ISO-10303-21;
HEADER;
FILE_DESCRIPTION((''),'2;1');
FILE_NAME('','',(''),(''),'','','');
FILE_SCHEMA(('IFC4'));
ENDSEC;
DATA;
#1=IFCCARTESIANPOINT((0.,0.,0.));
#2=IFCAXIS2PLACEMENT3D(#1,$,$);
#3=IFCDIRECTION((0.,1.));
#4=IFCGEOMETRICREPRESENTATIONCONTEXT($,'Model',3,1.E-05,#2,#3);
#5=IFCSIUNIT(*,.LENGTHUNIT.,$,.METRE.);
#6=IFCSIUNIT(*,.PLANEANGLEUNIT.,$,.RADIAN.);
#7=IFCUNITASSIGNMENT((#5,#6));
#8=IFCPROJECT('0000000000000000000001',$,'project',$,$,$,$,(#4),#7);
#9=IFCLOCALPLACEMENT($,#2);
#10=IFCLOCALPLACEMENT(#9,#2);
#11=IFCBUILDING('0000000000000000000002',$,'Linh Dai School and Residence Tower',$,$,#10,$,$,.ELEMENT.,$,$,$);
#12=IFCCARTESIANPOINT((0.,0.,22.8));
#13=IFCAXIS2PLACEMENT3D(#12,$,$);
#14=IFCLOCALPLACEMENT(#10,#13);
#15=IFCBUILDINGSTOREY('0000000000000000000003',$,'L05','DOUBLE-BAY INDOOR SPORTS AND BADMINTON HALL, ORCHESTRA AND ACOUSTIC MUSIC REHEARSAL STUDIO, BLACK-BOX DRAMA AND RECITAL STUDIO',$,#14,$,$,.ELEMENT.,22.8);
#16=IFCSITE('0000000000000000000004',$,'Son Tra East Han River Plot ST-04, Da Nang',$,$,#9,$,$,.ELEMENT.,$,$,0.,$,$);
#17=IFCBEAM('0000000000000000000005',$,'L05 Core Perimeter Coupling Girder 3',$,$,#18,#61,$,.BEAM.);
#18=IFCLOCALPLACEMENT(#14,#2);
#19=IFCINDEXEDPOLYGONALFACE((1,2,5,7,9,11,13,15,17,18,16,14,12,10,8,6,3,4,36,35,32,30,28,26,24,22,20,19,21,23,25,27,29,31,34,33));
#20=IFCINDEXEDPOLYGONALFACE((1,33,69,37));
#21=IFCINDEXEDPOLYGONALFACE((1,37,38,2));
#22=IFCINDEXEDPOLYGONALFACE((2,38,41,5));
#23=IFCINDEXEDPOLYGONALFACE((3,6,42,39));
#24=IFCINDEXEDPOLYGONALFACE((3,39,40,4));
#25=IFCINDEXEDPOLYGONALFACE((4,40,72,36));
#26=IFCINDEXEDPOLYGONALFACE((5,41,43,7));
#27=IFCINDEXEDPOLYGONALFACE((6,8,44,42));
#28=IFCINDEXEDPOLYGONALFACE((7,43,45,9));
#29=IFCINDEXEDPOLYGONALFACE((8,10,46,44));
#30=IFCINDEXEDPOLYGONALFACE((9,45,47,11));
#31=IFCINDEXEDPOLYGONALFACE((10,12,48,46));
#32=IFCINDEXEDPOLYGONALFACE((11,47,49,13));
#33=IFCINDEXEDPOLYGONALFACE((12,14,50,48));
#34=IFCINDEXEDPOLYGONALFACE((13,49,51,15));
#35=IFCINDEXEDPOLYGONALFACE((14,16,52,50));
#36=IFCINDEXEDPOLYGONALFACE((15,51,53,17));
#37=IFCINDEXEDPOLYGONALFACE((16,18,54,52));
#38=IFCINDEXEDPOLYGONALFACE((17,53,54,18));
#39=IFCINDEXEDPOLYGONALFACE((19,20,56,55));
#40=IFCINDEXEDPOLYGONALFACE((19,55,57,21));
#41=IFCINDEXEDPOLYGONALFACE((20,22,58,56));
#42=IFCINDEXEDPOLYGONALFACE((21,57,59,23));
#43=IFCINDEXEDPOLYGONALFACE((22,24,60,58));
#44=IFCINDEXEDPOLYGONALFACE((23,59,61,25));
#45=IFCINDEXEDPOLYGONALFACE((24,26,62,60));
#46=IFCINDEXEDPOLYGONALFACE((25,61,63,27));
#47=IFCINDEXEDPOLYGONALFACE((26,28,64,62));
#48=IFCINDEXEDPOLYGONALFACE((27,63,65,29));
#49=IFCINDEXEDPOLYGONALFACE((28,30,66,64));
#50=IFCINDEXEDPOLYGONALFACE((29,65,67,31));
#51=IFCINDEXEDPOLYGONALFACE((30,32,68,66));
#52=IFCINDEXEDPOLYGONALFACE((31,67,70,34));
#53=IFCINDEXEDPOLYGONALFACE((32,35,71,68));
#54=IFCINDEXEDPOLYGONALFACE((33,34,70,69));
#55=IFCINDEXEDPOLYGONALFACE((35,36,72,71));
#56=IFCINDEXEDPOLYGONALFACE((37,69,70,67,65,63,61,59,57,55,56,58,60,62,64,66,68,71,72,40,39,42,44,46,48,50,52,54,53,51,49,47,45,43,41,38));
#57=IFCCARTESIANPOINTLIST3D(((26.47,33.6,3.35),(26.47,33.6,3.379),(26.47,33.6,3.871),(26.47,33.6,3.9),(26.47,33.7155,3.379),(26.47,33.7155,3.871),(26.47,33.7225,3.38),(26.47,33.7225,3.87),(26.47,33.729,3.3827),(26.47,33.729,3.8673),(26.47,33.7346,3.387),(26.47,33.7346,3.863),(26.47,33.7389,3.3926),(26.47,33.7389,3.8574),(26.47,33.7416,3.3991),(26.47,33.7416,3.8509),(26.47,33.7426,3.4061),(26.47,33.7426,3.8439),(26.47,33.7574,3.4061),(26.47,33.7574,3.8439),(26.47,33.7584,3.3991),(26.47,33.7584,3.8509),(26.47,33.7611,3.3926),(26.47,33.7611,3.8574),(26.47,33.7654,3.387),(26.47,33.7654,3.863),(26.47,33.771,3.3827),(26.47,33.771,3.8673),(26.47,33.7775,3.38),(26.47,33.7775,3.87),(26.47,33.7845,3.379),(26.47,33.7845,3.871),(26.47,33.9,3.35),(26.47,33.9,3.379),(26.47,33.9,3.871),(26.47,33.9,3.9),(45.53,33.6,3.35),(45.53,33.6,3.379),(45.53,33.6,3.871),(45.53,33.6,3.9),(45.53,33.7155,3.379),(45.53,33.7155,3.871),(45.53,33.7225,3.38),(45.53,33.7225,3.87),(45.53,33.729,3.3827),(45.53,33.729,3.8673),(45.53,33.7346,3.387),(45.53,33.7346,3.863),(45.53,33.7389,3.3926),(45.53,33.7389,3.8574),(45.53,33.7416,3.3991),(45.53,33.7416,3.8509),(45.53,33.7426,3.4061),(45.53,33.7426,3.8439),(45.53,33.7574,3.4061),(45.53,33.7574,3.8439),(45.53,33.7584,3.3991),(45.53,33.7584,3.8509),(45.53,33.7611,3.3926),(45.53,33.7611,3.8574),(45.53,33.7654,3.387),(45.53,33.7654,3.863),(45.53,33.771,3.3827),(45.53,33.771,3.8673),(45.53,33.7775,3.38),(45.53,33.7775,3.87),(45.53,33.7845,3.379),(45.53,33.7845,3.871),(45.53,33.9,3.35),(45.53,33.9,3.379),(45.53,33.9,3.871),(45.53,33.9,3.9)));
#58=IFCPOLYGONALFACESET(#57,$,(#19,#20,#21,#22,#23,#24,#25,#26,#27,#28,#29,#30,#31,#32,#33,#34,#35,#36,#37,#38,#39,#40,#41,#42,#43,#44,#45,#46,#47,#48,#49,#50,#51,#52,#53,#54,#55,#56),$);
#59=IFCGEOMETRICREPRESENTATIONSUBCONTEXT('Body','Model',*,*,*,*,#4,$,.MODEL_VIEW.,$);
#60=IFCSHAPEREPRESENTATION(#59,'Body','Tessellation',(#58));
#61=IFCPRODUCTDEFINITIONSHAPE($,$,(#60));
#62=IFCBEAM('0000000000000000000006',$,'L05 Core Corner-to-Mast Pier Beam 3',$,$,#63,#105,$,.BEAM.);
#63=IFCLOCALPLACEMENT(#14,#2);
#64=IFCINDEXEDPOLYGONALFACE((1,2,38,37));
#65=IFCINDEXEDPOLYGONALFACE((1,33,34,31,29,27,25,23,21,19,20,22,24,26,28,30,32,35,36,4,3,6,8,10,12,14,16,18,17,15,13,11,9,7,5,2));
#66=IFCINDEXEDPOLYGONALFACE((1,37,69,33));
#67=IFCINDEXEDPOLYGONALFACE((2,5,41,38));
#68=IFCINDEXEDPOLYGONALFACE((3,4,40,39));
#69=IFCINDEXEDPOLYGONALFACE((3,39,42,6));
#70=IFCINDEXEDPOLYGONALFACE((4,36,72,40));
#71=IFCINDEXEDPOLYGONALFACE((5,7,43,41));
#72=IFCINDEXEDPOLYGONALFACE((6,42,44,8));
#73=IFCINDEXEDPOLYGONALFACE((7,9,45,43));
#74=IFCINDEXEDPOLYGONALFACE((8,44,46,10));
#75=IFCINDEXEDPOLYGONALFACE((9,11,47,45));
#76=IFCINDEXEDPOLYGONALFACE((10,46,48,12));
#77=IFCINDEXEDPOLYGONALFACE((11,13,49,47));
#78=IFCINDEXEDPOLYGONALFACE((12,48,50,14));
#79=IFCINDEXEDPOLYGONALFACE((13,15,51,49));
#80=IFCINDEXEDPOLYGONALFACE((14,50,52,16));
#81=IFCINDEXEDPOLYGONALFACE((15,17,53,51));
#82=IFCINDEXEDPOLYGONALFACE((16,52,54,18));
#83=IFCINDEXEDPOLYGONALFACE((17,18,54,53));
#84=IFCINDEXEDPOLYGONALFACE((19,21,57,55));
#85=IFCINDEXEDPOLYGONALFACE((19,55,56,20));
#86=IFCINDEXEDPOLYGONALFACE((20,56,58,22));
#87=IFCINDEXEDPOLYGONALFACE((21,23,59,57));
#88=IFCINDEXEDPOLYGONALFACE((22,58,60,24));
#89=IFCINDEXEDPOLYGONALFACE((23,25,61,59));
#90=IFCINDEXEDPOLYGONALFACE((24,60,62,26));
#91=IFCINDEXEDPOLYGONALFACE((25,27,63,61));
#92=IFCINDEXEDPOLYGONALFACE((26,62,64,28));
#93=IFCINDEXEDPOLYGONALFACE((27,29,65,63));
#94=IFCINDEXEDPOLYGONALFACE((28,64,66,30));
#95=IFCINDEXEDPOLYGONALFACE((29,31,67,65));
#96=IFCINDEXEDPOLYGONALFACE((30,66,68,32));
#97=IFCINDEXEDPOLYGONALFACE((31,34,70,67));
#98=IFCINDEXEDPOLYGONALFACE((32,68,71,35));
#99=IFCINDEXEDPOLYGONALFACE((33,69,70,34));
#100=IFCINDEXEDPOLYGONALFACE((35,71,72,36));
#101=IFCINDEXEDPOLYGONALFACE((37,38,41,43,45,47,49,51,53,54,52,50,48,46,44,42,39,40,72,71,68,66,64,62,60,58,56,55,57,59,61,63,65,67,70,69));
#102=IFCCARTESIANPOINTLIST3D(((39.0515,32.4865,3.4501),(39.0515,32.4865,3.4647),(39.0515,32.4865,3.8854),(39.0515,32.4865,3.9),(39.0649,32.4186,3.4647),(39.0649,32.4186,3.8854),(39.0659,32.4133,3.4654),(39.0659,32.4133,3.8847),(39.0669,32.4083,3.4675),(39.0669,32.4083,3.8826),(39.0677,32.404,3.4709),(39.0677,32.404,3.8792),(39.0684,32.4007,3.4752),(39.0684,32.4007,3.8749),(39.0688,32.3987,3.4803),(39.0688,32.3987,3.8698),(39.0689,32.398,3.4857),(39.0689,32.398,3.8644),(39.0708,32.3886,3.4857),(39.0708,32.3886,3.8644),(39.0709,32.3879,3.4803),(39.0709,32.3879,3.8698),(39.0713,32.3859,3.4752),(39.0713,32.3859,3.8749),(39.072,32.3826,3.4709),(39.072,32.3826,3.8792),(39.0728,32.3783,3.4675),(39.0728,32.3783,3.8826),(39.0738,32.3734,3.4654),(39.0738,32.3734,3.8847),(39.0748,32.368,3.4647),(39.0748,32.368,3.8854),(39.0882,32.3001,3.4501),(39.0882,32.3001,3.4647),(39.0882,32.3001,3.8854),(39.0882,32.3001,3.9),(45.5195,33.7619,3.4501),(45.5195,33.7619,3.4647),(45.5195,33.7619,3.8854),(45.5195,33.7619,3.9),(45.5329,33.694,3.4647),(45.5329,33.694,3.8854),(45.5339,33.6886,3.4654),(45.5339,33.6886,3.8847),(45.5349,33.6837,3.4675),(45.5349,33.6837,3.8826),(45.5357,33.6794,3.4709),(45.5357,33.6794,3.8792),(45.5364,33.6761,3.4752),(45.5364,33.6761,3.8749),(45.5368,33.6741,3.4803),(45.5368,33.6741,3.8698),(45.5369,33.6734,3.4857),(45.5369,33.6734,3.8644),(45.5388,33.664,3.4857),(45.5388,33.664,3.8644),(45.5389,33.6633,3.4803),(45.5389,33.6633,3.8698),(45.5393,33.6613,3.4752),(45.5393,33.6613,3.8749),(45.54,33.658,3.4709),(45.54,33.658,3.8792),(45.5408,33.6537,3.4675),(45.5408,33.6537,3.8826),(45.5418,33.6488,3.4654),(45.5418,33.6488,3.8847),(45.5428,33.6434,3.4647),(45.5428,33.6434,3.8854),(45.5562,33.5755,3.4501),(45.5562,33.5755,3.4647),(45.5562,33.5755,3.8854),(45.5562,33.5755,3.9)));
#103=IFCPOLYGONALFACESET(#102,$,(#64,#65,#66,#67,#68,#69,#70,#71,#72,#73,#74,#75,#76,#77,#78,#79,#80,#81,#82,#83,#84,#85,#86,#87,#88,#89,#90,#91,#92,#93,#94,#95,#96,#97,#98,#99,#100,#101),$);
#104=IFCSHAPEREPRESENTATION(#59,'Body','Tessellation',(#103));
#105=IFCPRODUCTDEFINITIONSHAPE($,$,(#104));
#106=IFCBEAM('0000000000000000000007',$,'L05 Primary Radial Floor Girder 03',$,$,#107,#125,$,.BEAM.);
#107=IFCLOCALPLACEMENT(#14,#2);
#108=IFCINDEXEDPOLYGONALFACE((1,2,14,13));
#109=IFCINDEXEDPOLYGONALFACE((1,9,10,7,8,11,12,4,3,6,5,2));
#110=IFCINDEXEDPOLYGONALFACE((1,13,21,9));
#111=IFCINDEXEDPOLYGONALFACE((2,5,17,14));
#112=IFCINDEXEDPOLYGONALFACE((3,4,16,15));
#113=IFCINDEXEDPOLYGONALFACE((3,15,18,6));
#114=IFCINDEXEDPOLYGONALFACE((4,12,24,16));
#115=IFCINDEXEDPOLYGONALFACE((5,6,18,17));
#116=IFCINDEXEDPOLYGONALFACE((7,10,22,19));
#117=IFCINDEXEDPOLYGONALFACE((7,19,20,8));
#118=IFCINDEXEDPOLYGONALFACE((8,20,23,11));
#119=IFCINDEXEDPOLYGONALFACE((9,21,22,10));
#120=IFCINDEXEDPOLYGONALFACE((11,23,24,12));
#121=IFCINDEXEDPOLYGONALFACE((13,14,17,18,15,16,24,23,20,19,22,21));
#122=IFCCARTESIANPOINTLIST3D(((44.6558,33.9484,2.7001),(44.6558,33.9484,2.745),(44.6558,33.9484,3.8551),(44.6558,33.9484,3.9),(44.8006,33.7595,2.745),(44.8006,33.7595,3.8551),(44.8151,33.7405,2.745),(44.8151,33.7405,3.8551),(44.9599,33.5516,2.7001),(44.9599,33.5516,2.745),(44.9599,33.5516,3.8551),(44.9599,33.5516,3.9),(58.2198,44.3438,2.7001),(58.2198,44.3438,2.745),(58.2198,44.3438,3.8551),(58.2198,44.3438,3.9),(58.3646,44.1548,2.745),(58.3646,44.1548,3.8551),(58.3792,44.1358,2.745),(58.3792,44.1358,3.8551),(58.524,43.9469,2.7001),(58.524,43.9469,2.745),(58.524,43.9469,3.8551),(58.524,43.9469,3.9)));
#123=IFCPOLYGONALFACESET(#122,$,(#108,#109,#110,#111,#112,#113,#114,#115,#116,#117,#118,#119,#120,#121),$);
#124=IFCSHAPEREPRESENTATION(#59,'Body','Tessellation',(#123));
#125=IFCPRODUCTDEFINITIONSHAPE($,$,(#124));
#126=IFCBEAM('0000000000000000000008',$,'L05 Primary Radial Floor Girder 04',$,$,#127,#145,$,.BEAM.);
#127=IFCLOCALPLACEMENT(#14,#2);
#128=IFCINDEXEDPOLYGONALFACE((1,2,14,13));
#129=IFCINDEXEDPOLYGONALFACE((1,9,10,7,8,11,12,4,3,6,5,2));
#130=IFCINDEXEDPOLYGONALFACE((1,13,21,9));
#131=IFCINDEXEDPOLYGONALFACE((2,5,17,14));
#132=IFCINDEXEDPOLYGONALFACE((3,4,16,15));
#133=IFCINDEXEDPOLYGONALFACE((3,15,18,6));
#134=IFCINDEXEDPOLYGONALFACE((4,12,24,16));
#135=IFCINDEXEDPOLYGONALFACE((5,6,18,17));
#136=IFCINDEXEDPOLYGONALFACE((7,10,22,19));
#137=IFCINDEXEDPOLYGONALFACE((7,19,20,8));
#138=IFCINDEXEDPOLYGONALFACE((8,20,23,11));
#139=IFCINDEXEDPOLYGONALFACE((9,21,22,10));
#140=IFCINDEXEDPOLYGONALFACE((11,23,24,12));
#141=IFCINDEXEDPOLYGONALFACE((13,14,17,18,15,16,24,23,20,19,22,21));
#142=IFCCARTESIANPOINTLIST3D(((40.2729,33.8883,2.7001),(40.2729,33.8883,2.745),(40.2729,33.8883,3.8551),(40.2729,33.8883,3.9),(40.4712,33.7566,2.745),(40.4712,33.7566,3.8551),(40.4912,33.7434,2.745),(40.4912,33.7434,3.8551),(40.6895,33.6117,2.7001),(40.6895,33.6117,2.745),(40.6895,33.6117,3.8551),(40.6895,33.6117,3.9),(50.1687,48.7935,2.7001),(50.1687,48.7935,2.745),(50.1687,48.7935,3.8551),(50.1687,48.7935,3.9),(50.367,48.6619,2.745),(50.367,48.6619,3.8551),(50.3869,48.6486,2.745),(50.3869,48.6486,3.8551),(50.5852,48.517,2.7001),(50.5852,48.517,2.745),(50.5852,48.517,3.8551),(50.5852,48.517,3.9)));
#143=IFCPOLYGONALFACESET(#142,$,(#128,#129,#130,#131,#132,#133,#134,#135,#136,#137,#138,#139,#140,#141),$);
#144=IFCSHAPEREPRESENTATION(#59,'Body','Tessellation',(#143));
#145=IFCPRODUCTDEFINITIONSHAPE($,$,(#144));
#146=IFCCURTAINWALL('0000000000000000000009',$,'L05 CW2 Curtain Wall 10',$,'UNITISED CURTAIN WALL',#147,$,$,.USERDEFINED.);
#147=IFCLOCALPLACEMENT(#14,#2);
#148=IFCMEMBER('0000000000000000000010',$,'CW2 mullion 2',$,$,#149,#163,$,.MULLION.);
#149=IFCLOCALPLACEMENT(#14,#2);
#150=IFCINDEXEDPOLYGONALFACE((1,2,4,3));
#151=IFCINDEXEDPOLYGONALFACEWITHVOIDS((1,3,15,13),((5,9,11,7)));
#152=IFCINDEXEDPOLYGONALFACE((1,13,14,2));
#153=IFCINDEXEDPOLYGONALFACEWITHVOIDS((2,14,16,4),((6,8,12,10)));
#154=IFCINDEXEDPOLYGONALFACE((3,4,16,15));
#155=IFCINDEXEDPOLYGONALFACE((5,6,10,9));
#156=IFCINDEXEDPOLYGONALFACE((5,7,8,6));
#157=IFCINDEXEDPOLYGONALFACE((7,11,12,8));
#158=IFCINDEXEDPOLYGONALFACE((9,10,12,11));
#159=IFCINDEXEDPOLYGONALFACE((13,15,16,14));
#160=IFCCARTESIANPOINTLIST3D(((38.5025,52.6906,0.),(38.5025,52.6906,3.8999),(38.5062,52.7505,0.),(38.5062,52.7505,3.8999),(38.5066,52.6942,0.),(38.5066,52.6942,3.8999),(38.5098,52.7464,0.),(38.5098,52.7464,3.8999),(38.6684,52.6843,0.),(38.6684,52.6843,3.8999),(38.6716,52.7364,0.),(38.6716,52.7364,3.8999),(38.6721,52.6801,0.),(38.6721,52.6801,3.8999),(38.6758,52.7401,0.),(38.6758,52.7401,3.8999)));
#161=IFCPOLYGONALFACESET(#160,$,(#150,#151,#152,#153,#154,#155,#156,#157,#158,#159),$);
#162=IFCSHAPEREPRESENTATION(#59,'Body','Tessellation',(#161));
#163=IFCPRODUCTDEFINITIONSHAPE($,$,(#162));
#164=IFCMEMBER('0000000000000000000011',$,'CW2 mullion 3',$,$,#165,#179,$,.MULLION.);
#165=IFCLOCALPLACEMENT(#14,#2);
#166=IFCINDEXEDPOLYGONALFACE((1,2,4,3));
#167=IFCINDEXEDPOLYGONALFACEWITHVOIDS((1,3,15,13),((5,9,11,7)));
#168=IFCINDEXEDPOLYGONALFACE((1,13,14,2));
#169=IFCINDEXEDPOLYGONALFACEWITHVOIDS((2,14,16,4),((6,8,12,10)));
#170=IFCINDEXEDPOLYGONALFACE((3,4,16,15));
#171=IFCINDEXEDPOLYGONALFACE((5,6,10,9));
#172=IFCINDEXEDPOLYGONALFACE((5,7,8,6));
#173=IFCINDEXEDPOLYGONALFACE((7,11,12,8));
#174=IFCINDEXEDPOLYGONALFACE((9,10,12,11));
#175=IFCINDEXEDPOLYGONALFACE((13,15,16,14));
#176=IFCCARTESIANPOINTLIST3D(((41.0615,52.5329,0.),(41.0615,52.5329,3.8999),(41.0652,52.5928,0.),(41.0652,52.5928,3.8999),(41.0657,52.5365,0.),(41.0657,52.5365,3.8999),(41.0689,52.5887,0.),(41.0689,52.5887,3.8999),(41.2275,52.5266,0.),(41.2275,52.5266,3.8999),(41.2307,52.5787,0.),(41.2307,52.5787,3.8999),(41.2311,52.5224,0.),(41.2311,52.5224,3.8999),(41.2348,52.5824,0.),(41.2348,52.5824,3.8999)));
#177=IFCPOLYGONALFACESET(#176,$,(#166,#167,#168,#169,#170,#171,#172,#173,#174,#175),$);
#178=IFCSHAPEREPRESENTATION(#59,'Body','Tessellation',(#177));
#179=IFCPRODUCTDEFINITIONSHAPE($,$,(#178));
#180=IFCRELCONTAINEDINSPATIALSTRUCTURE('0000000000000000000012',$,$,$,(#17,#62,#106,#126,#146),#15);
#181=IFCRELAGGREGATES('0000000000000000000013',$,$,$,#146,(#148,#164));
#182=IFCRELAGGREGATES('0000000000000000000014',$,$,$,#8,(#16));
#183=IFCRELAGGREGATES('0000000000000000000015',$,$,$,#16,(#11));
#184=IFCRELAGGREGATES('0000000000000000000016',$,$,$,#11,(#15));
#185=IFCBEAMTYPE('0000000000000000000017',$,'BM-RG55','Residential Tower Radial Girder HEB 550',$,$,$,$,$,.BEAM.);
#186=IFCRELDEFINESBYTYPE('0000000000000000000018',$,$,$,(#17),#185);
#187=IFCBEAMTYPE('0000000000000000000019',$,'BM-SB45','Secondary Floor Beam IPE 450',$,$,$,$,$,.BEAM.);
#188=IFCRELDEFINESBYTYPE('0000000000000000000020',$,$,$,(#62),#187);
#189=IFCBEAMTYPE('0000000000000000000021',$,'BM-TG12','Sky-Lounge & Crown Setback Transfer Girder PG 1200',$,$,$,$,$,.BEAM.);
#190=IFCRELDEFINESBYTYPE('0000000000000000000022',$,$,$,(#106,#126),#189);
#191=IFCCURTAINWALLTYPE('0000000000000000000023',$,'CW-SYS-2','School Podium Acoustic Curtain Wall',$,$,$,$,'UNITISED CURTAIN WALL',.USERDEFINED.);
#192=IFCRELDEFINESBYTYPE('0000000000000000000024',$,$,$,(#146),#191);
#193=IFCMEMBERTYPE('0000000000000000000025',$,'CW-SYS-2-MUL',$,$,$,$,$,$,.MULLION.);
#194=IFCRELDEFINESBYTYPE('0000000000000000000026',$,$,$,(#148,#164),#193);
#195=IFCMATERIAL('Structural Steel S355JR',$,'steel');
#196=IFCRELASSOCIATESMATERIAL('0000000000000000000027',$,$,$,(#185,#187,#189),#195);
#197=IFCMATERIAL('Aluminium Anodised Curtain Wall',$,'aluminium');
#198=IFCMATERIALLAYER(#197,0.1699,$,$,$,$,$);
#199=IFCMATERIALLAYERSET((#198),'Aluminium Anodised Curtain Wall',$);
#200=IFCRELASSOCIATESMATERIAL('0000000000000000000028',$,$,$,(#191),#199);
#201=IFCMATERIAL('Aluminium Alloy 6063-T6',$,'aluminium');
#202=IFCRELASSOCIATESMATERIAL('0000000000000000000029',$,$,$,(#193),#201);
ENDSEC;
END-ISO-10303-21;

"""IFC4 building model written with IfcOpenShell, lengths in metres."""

from ifc_helpers import new_model, si_unit, direction, frame, origin, origin_2d, place, context, subcontext, project, spatial, hollow_rectangle, i_section, extrude, source, transform, mapped, material, layer, layer_set, material_profile, profile_set, type_object, element, aggregate, save


model = new_model("IFC4")

# Units and contexts
model_context = context("Model", 3, precision=1e-05, world=origin(), true_north=direction((0.0, 1.0)))
body_context = subcontext(model_context, "Body", "Model", "MODEL_VIEW")
ifc_project = project(units=[si_unit("LENGTHUNIT", "METRE"), si_unit("PLANEANGLEUNIT", "RADIAN")], contexts=[model_context])

# Site, building, storey
site_placement = place(None, origin())
site = spatial("IfcSite", under=ifc_project, at=site_placement, Name="Son Tra East Han River Plot ST-04, Da Nang", CompositionType="ELEMENT", RefElevation=0.0)
building_placement = place(site_placement, origin())
building = spatial("IfcBuilding", under=site, at=building_placement, Name="Linh Dai School and Residence Tower", CompositionType="ELEMENT")
storey_placement = place(building_placement, frame((0.0, 0.0, 22.8)))
storey = spatial("IfcBuildingStorey", under=building, at=storey_placement, Name="L05", Description="DOUBLE-BAY INDOOR SPORTS AND BADMINTON HALL, ORCHESTRA AND ACOUSTIC MUSIC REHEARSAL STUDIO, BLACK-BOX DRAMA AND RECITAL STUDIO", CompositionType="ELEMENT", Elevation=22.8)

# Beams
ifc_material_1 = material(Name="Structural Steel S355JR", Category="steel")
ifc_material_profile_1 = material_profile(ifc_material_1, i_section(OverallWidth=0.3, OverallDepth=0.55, WebThickness=0.0149, FlangeThickness=0.0291, FilletRadius=0.0271, at=origin_2d()), Name="HEB 550")
ifc_profile_set_1 = profile_set([ifc_material_profile_1], Name="Structural Steel S355JR")
beam_type_1 = type_object("IfcBeamType", Name="BM-RG55", Description="Residential Tower Radial Girder HEB 550", PredefinedType="BEAM", material=ifc_profile_set_1)
beam_1_placement = place(storey_placement, frame((45.53, 33.75, 3.625), z_axis=(-1.0, 0.0, 0.0), x_axis=(0.0, -1.0, 0.0)))
element("IfcBeam", 1, at=beam_1_placement, inside=storey, type_object=beam_type_1, Name="L05 Core Perimeter Coupling Girder 3", PredefinedType="BEAM", context=body_context, shape_type="SweptSolid", body=[
    extrude(i_section(OverallWidth=0.3, OverallDepth=0.55, WebThickness=0.0149, FlangeThickness=0.0291, FilletRadius=0.0271, at=origin_2d()), origin(), (0.0, 0.0, 1.0), 19.0601),
])
ifc_material_profile_2 = material_profile(ifc_material_1, i_section(OverallWidth=0.1899, OverallDepth=0.45, WebThickness=0.0095, FlangeThickness=0.0146, FilletRadius=0.021, at=origin_2d()), Name="IPE 450")
ifc_profile_set_2 = profile_set([ifc_material_profile_2], Name="Structural Steel S355JR")
beam_type_2 = type_object("IfcBeamType", Name="BM-SB45", Description="Secondary Floor Beam IPE 450", PredefinedType="BEAM", material=ifc_profile_set_2)
beam_2_placement = place(storey_placement, frame((45.5378, 33.6687, 3.675), z_axis=(-0.981108, -0.193459, 0.0), x_axis=(0.193459, -0.981108, 0.0)))
element("IfcBeam", 2, at=beam_2_placement, inside=storey, type_object=beam_type_2, Name="L05 Core Corner-to-Mast Pier Beam 3", PredefinedType="BEAM", context=body_context, shape_type="SweptSolid", body=[
    extrude(i_section(OverallWidth=0.1899, OverallDepth=0.45, WebThickness=0.0095, FlangeThickness=0.0146, FilletRadius=0.021, at=origin_2d()), origin(), (0.0, 0.0, 1.0), 6.5925),
])
ifc_material_profile_3 = material_profile(ifc_material_1, i_section(OverallWidth=0.5, OverallDepth=1.2, WebThickness=0.0239, FlangeThickness=0.0449, at=origin_2d()), Name="PG 1200x500x24x45")
ifc_profile_set_3 = profile_set([ifc_material_profile_3], Name="Structural Steel S355JR")
beam_type_3 = type_object("IfcBeamType", Name="BM-TG12", Description="Sky-Lounge & Crown Setback Transfer Girder PG 1200", PredefinedType="BEAM", material=ifc_profile_set_3)
beam_3_placement = place(storey_placement, frame((44.8079, 33.75, 3.3), z_axis=(0.793713, 0.608292, 0.0), x_axis=(-0.608292, 0.793713, 0.0)))
element("IfcBeam", 3, at=beam_3_placement, inside=storey, type_object=beam_type_3, Name="L05 Primary Radial Floor Girder 03", PredefinedType="BEAM", context=body_context, shape_type="SweptSolid", body=[
    extrude(i_section(OverallWidth=0.5, OverallDepth=1.2, WebThickness=0.0239, FlangeThickness=0.0449, at=origin_2d()), origin(), (0.0, 0.0, 1.0), 17.0894),
])
beam_4_placement = place(storey_placement, frame((40.4812, 33.75, 3.3), z_axis=(0.553109, 0.833109, 0.0), x_axis=(-0.833109, 0.553109, 0.0)))
element("IfcBeam", 4, at=beam_4_placement, inside=storey, type_object=beam_type_3, Name="L05 Primary Radial Floor Girder 04", PredefinedType="BEAM", context=body_context, shape_type="SweptSolid", body=[
    extrude(i_section(OverallWidth=0.5, OverallDepth=1.2, WebThickness=0.0239, FlangeThickness=0.0449, at=origin_2d()), origin(), (0.0, 0.0, 1.0), 17.8911),
])

# Curtain wall, members
ifc_material_2 = material(Name="Aluminium Anodised Curtain Wall", Category="aluminium")
ifc_layer_1 = layer(ifc_material_2, 0.1699)
ifc_layer_set_1 = layer_set([ifc_layer_1], Name="Aluminium Anodised Curtain Wall")
curtain_wall_type = type_object("IfcCurtainWallType", Name="CW-SYS-2", Description="School Podium Acoustic Curtain Wall", ElementType="UNITISED CURTAIN WALL", PredefinedType="USERDEFINED", material=ifc_layer_set_1)
curtain_wall_placement = place(storey_placement, origin())
curtain_wall = element("IfcCurtainWall", 5, at=curtain_wall_placement, inside=storey, type_object=curtain_wall_type, Name="L05 CW2 Curtain Wall 10", ObjectType="UNITISED CURTAIN WALL", PredefinedType="USERDEFINED")
ifc_material_3 = material(Name="Aluminium Alloy 6063-T6", Category="aluminium")
ifc_material_profile_4 = material_profile(ifc_material_3, hollow_rectangle(XDim=0.0601, YDim=0.1699, WallThickness=0.0039, at=origin_2d()), Name="RHS 170x60x4")
ifc_profile_set_4 = profile_set([ifc_material_profile_4], Name="Aluminium Alloy 6063-T6")
member_type_1 = type_object("IfcMemberType", Name="CW-SYS-2-MUL", PredefinedType="MULLION", material=ifc_profile_set_4)
shared_shape_1 = source(origin(), body_context, "Body", "SweptSolid", [
    extrude(hollow_rectangle(XDim=0.0601, YDim=0.1699, WallThickness=0.0039, at=origin_2d()), origin(), (0.0, 0.0, 1.0), 3.8999),
])
member_1_placement = place(storey_placement, frame((38.5891, 52.7153, 0.0), z_axis=(0.0, 0.0, 1.0), x_axis=(0.061516, 0.998106, 0.0)))
member_1 = element("IfcMember", 6, at=member_1_placement, type_object=member_type_1, Name="CW2 mullion 2", PredefinedType="MULLION", context=body_context, shape_type="MappedRepresentation", body=[
    mapped(shared_shape_1, transform((0.0, 0.0, 0.0), x_axis=(1.0, 0.0, 0.0), y_axis=(0.0, 1.0, 0.0), z_axis=(0.0, 0.0, 1.0), scale=1.0)),
])
member_2_placement = place(storey_placement, frame((41.1482, 52.5576, 0.0), z_axis=(0.0, 0.0, 1.0), x_axis=(0.061516, 0.998106, 0.0)))
member_2 = element("IfcMember", 7, at=member_2_placement, type_object=member_type_1, Name="CW2 mullion 3", PredefinedType="MULLION", context=body_context, shape_type="MappedRepresentation", body=[
    mapped(shared_shape_1, transform((0.0, 0.0, 0.0), x_axis=(1.0, 0.0, 0.0), y_axis=(0.0, 1.0, 0.0), z_axis=(0.0, 0.0, 1.0), scale=1.0)),
])

aggregate(curtain_wall, [member_1, member_2])

save(model, "model.ifc")
